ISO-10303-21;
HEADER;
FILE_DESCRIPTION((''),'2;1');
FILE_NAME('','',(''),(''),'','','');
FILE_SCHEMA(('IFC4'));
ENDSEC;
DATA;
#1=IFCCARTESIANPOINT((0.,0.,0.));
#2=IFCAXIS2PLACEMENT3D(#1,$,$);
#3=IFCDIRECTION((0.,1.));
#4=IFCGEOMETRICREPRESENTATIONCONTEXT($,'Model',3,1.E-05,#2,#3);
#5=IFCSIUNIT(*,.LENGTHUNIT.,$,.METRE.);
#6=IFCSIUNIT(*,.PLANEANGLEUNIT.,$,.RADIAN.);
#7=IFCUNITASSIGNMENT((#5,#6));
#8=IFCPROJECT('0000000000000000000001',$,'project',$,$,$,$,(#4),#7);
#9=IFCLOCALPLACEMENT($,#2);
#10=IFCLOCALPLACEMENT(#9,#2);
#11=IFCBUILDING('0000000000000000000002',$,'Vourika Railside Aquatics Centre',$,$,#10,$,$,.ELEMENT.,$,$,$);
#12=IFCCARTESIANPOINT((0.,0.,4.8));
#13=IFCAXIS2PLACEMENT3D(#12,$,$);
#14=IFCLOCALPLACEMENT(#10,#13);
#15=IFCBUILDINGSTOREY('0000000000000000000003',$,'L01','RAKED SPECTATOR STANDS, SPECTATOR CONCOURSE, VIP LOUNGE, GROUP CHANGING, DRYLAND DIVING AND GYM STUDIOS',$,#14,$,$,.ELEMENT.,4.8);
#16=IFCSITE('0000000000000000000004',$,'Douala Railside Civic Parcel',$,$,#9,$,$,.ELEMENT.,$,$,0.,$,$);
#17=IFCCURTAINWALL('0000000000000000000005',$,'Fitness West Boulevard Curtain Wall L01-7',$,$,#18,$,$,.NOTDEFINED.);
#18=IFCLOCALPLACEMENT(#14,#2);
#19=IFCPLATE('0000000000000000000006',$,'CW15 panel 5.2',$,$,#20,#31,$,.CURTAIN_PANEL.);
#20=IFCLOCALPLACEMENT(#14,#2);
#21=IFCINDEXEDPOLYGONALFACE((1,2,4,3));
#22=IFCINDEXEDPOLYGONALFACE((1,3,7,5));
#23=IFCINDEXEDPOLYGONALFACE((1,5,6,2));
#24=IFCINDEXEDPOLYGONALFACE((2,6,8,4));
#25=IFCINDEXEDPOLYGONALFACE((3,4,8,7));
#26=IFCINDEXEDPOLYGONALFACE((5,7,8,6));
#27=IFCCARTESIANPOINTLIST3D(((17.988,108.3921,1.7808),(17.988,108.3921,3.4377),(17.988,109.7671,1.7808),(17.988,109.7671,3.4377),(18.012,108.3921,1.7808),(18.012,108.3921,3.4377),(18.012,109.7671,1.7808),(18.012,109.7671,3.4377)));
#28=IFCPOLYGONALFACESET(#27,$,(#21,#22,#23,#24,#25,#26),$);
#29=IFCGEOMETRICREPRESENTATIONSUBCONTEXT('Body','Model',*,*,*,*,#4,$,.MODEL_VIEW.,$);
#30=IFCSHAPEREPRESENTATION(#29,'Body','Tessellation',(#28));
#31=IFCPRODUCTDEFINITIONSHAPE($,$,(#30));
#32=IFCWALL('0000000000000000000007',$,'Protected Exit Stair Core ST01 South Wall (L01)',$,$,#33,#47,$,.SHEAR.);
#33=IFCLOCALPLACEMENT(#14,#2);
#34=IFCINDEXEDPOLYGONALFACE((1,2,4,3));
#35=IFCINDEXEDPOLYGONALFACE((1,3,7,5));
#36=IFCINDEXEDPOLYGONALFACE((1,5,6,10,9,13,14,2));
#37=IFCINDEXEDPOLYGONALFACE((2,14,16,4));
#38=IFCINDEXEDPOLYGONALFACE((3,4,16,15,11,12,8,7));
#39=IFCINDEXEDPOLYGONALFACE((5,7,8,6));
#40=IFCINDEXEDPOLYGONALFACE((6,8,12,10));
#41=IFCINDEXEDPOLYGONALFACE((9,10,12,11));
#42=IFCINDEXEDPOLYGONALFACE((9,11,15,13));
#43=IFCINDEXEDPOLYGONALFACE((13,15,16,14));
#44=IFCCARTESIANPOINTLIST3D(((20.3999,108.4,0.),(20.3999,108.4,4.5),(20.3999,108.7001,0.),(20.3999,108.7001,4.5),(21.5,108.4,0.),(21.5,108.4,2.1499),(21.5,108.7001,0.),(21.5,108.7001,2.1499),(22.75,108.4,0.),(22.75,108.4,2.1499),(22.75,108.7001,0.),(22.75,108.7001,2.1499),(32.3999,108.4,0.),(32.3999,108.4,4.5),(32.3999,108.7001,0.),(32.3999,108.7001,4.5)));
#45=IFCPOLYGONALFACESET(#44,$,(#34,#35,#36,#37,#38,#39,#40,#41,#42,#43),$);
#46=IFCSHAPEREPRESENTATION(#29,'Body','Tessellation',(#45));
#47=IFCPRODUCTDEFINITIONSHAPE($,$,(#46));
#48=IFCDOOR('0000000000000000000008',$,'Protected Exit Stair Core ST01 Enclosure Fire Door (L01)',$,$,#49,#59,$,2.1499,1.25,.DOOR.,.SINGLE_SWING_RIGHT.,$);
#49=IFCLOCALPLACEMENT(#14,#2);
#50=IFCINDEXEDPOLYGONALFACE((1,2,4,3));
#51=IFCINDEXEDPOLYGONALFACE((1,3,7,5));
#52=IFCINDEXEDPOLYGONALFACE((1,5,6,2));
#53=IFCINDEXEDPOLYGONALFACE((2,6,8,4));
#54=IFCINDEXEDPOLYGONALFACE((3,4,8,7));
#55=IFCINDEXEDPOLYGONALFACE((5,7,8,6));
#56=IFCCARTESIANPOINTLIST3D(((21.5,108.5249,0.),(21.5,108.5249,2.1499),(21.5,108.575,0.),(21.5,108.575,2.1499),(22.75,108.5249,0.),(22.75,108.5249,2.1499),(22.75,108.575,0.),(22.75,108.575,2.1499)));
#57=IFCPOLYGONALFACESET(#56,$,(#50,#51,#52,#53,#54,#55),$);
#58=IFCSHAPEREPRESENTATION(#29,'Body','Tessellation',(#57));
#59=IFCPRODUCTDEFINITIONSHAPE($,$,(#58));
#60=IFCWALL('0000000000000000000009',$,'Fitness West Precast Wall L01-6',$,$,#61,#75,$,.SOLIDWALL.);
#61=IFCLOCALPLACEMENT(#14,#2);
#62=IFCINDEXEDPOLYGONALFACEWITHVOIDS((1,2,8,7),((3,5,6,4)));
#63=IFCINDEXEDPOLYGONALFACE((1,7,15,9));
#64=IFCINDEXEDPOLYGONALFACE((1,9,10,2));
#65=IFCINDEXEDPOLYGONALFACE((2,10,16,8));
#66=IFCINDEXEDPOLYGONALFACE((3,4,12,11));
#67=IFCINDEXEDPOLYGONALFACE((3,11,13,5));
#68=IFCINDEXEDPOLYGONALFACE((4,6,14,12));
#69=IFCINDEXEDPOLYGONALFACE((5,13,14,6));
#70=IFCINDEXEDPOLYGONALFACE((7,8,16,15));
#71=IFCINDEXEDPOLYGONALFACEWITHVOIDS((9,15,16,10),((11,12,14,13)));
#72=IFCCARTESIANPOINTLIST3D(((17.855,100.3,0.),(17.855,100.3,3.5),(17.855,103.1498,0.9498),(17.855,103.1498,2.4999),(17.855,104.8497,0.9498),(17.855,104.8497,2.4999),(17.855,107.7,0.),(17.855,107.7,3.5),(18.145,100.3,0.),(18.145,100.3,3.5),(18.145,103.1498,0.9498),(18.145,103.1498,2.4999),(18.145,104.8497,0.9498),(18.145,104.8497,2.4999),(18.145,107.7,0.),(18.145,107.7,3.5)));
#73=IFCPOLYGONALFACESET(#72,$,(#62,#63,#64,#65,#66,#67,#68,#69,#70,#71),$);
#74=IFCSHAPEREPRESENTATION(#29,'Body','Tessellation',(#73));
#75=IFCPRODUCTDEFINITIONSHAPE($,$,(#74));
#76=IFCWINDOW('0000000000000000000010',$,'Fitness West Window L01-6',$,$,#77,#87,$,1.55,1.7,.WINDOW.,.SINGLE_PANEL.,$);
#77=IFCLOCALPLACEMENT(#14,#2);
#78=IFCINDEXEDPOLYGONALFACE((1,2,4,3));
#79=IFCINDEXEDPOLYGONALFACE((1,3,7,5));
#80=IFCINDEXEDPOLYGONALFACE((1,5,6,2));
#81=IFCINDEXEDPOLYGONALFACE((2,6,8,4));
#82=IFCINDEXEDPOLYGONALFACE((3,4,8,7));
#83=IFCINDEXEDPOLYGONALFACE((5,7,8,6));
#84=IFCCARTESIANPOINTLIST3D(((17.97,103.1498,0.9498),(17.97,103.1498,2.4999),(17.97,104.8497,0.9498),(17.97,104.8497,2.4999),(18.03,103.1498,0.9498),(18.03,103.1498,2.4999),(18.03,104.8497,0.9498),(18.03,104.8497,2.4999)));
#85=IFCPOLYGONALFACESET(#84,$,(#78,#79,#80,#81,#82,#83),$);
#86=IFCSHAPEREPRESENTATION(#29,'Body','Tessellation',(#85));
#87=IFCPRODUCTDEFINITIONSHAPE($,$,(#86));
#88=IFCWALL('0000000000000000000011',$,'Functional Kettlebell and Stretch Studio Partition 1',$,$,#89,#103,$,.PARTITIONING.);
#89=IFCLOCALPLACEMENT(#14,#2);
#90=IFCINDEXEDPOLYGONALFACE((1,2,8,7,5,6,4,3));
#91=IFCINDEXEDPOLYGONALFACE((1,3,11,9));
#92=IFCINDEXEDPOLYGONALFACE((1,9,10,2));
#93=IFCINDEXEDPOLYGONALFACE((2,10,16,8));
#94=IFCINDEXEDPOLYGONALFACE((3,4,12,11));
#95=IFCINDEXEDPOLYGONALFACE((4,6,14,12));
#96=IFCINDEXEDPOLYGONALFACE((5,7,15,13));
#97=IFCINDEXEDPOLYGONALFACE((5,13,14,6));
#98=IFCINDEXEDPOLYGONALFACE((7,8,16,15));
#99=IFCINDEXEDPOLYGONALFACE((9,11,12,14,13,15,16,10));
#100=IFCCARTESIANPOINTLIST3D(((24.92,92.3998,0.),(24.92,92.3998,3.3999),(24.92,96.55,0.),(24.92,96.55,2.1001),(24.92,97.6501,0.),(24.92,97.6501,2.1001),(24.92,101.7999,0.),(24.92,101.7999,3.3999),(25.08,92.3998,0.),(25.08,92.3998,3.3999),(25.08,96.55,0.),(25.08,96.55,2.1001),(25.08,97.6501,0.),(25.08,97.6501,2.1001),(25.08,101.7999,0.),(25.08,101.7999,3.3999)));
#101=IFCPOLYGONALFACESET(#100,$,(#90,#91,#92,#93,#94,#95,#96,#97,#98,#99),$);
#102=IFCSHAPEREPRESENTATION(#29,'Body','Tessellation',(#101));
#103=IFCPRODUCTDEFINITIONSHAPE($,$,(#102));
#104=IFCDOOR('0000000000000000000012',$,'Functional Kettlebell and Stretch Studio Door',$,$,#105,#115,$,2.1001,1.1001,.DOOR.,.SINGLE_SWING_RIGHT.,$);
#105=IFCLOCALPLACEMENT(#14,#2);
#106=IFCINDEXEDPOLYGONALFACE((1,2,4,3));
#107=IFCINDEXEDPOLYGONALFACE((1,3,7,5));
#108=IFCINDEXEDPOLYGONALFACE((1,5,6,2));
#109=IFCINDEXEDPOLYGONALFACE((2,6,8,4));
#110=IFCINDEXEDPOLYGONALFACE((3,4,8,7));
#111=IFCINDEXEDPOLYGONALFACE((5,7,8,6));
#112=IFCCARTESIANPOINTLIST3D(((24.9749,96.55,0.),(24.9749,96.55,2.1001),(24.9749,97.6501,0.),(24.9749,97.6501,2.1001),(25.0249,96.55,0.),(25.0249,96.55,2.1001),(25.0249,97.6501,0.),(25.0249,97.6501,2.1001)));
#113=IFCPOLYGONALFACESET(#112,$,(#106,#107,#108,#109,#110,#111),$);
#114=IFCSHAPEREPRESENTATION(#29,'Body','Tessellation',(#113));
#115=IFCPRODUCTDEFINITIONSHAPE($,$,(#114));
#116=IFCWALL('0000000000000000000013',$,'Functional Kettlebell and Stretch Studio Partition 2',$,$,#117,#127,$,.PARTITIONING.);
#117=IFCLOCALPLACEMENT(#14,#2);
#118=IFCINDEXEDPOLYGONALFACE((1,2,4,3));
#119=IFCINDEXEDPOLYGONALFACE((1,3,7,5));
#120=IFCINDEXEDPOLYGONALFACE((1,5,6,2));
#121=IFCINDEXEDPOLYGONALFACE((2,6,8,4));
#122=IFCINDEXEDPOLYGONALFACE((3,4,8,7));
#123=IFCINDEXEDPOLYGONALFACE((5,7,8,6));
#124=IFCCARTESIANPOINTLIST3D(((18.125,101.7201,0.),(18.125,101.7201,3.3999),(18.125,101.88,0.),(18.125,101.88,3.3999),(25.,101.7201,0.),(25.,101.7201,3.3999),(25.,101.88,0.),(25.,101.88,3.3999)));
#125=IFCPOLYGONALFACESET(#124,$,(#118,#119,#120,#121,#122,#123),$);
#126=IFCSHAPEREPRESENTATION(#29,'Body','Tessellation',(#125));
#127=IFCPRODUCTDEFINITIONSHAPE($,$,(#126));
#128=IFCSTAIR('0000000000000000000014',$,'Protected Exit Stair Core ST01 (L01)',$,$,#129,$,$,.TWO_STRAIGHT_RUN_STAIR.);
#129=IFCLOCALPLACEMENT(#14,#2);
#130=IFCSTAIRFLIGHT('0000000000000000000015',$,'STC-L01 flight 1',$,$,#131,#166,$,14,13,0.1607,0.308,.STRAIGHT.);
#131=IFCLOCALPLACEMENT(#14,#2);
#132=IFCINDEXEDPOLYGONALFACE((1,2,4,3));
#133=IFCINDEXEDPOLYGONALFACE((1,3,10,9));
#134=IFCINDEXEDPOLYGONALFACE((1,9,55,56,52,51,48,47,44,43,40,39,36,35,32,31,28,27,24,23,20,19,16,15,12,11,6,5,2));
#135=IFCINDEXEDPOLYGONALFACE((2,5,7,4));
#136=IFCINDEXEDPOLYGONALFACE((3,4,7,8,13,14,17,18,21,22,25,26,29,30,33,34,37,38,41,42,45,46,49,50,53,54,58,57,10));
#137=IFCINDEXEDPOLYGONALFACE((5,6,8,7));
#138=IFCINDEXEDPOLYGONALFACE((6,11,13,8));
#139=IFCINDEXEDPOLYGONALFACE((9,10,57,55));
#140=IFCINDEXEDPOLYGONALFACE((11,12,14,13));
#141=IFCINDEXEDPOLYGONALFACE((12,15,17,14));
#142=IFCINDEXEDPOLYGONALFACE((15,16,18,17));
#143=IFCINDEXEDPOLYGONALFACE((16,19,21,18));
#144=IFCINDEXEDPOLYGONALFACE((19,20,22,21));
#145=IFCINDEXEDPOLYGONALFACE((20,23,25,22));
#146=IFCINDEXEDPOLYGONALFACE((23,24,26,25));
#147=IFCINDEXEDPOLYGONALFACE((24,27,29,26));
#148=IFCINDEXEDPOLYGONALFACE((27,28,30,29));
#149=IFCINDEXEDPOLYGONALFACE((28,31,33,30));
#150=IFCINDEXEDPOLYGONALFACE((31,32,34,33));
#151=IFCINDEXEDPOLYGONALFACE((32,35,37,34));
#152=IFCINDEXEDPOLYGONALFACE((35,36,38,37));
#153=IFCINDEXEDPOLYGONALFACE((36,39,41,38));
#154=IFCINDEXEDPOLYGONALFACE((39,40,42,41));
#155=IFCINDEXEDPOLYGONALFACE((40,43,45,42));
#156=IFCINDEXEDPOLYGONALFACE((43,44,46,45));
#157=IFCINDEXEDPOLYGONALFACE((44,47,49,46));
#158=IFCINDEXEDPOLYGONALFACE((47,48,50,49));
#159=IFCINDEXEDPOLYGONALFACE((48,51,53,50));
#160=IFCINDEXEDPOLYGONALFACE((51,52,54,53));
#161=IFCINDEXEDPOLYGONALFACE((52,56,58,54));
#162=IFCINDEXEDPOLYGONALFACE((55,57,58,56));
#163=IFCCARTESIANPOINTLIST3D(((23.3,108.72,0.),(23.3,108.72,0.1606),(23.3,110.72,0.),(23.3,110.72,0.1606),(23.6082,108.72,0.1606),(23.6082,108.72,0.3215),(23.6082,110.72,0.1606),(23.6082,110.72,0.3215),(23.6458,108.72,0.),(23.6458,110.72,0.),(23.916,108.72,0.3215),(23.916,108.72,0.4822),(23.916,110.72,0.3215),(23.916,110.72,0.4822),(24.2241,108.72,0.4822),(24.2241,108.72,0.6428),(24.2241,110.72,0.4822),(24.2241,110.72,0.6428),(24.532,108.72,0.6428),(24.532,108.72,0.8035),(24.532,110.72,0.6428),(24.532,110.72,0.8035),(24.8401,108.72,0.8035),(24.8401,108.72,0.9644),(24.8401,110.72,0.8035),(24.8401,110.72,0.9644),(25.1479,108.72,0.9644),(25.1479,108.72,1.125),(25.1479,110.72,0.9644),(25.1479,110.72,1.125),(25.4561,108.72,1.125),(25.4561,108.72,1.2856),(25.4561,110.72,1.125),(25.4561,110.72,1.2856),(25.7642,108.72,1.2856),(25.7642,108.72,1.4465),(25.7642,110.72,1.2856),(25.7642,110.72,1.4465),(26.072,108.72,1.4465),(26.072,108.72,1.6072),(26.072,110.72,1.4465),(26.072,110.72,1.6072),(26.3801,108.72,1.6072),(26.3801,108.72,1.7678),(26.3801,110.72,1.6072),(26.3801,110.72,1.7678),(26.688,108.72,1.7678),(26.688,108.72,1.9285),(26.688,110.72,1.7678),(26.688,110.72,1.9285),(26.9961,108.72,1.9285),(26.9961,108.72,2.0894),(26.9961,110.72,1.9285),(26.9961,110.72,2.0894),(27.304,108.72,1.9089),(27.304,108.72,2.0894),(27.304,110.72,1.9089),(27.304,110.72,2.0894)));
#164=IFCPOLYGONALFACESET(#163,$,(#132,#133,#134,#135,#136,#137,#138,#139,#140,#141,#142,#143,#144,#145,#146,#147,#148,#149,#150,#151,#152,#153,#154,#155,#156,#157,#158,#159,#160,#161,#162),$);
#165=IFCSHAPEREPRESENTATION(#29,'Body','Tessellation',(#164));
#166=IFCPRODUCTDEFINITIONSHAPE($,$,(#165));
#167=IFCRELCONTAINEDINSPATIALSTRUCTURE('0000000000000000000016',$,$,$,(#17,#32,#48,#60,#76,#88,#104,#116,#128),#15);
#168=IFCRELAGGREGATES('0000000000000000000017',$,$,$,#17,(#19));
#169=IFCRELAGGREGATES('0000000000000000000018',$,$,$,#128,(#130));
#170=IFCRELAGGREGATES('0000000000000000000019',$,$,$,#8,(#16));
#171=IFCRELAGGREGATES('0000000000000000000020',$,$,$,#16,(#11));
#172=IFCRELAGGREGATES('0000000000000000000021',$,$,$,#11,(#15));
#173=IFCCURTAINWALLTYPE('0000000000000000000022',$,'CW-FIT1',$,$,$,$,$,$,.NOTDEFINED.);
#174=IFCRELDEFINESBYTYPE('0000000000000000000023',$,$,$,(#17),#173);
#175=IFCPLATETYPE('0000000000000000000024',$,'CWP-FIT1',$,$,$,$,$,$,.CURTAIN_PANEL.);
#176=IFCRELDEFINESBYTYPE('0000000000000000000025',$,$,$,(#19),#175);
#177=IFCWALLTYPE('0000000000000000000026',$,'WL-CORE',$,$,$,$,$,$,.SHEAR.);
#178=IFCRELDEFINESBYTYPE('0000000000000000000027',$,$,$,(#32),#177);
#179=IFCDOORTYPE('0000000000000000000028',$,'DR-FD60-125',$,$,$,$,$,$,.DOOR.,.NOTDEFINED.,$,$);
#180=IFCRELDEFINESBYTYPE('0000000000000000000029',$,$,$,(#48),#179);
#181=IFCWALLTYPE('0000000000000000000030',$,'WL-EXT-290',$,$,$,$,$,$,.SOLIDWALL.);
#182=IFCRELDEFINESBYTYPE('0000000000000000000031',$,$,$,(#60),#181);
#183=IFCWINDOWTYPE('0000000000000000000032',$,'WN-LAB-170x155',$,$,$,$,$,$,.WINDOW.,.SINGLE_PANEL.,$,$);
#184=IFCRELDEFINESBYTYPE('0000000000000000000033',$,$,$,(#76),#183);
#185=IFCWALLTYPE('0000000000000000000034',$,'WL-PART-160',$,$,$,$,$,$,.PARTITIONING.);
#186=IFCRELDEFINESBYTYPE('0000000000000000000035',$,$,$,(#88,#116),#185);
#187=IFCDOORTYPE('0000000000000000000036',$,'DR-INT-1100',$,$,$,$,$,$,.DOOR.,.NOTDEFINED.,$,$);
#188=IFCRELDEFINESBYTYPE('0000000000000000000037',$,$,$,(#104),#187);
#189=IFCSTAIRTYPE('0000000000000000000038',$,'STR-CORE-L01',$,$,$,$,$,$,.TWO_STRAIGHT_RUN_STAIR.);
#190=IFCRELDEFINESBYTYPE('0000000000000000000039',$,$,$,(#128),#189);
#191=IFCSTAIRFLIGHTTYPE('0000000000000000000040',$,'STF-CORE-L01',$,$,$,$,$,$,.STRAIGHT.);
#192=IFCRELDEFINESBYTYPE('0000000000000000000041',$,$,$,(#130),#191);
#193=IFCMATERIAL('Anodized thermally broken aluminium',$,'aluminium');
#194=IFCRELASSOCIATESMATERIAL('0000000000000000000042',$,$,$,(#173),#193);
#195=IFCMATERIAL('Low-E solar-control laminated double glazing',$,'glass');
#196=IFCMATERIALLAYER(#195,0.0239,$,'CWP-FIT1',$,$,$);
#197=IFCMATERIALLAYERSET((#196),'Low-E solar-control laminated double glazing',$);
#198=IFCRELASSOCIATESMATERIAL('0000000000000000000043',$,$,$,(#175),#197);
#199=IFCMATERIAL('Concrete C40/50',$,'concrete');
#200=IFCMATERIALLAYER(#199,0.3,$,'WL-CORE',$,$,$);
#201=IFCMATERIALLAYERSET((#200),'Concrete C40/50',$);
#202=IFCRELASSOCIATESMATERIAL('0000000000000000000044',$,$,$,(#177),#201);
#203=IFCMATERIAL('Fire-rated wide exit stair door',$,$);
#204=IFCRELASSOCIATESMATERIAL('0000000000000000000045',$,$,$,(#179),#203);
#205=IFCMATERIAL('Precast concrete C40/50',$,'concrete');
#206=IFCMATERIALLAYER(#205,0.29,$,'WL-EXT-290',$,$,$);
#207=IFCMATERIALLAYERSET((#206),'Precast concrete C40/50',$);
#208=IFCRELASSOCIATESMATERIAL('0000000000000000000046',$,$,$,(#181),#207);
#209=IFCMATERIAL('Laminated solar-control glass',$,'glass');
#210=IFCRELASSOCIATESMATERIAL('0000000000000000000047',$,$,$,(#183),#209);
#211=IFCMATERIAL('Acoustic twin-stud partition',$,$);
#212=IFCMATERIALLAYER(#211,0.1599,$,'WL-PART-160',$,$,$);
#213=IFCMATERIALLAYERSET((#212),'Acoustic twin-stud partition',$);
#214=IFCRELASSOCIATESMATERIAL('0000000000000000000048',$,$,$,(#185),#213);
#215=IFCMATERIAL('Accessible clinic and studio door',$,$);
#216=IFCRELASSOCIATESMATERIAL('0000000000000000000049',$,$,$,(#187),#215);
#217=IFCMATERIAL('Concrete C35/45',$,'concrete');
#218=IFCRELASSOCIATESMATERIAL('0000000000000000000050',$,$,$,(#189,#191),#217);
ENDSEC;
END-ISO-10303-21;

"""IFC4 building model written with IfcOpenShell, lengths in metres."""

from ifc_helpers import new_model, si_unit, direction, frame, frame_2d, origin, origin_2d, place, context, subcontext, project, spatial, polyline, rectangle, outline, extrude, material, layer, layer_set, type_object, element, fill, aggregate, save


model = new_model("IFC4")

# Units and contexts
model_context = context("Model", 3, precision=1e-05, world=origin(), true_north=direction((0.0, 1.0)))
body_context = subcontext(model_context, "Body", "Model", "MODEL_VIEW")
ifc_project = project(units=[si_unit("LENGTHUNIT", "METRE"), si_unit("PLANEANGLEUNIT", "RADIAN")], contexts=[model_context])

# Site, building, storey
site_placement = place(None, origin())
site = spatial("IfcSite", under=ifc_project, at=site_placement, Name="Douala Railside Civic Parcel", CompositionType="ELEMENT", RefElevation=0.0)
building_placement = place(site_placement, origin())
building = spatial("IfcBuilding", under=site, at=building_placement, Name="Vourika Railside Aquatics Centre", CompositionType="ELEMENT")
storey_placement = place(building_placement, frame((0.0, 0.0, 4.8)))
storey = spatial("IfcBuildingStorey", under=building, at=storey_placement, Name="L01", Description="RAKED SPECTATOR STANDS, SPECTATOR CONCOURSE, VIP LOUNGE, GROUP CHANGING, DRYLAND DIVING AND GYM STUDIOS", CompositionType="ELEMENT", Elevation=4.8)

# Shared definitions
ifc_material_1 = material(Name="Concrete C40/50", Category="concrete")

# Shared definitions
ifc_material_2 = material(Name="Concrete C35/45", Category="concrete")

# Curtain wall, plate
ifc_material_3 = material(Name="Anodized thermally broken aluminium", Category="aluminium")
curtain_wall_type = type_object("IfcCurtainWallType", Name="CW-FIT1", PredefinedType="NOTDEFINED", material=ifc_material_3)
curtain_wall_placement = place(storey_placement, origin())
curtain_wall = element("IfcCurtainWall", 1, at=curtain_wall_placement, inside=storey, type_object=curtain_wall_type, Name="Fitness West Boulevard Curtain Wall L01-7", PredefinedType="NOTDEFINED")
ifc_material_4 = material(Name="Low-E solar-control laminated double glazing", Category="glass")
ifc_layer_1 = layer(ifc_material_4, 0.0239, Name="CWP-FIT1")
ifc_layer_set_1 = layer_set([ifc_layer_1], Name="Low-E solar-control laminated double glazing")
plate_type = type_object("IfcPlateType", Name="CWP-FIT1", PredefinedType="CURTAIN_PANEL", material=ifc_layer_set_1)
plate_1_placement = place(storey_placement, frame((18.0, 109.0796, 1.7808), z_axis=(0.0, 0.0, 1.0), x_axis=(0.0, -1.0, 0.0)))
plate_1 = element("IfcPlate", 2, at=plate_1_placement, type_object=plate_type, Name="CW15 panel 5.2", PredefinedType="CURTAIN_PANEL", context=body_context, shape_type="SweptSolid", body=[
    extrude(rectangle(XDim=1.375, YDim=0.0239, at=origin_2d()), origin(), (0.0, 0.0, 1.0), 1.657),
])
aggregate(curtain_wall, [plate_1])

# Wall, opening, door
ifc_layer_2 = layer(ifc_material_1, 0.3, Name="WL-CORE")
ifc_layer_set_2 = layer_set([ifc_layer_2], Name="Concrete C40/50")
wall_type_1 = type_object("IfcWallType", Name="WL-CORE", PredefinedType="SHEAR", material=ifc_layer_set_2)
wall_1_placement = place(storey_placement, frame((20.3999, 108.55, 0.0), z_axis=(0.0, 0.0, 1.0), x_axis=(1.0, 0.0, 0.0)))
wall_1 = element("IfcWall", 3, at=wall_1_placement, inside=storey, type_object=wall_type_1, Name="Protected Exit Stair Core ST01 South Wall (L01)", PredefinedType="SHEAR", context=body_context, shape_type="SweptSolid", body=[
    extrude(rectangle(XDim=12.0, YDim=0.3, at=frame_2d((6.0, 0.0))), origin(), (0.0, 0.0, 1.0), 4.5),
])
opening_1_placement = place(wall_1_placement, frame((1.1001, 0.0, 0.0)))
opening_1 = element("IfcOpeningElement", 4, at=opening_1_placement, cuts=wall_1, PredefinedType="OPENING", context=body_context, shape_type="SweptSolid", body=[
    extrude(rectangle(XDim=1.25, YDim=2.1499, at=frame_2d((0.625, 1.075))), frame((0.0, 0.1602, 0.0), z_axis=(0.0, -1.0, 0.0), x_axis=(1.0, 0.0, 0.0)), (0.0, 0.0, 1.0), 0.3201),
])
ifc_material_5 = material(Name="Fire-rated wide exit stair door")
door_type_1 = type_object("IfcDoorType", Name="DR-FD60-125", OperationType="NOTDEFINED", PredefinedType="DOOR", material=ifc_material_5)
door_1_placement = place(opening_1_placement, origin())
door_1 = element("IfcDoor", 5, at=door_1_placement, inside=storey, type_object=door_type_1, Name="Protected Exit Stair Core ST01 Enclosure Fire Door (L01)", OperationType="SINGLE_SWING_RIGHT", OverallHeight=2.1499, OverallWidth=1.25, PredefinedType="DOOR", context=body_context, shape_type="SweptSolid", body=[
    extrude(rectangle(XDim=1.25, YDim=2.1499, at=frame_2d((0.625, 1.075))), frame((0.0, 0.0249, 0.0), z_axis=(0.0, -1.0, 0.0), x_axis=(1.0, 0.0, 0.0)), (0.0, 0.0, 1.0), 0.05),
])
fill(opening_1, door_1)

# Wall, opening, window
ifc_material_6 = material(Name="Precast concrete C40/50", Category="concrete")
ifc_layer_3 = layer(ifc_material_6, 0.29, Name="WL-EXT-290")
ifc_layer_set_3 = layer_set([ifc_layer_3], Name="Precast concrete C40/50")
wall_type_2 = type_object("IfcWallType", Name="WL-EXT-290", PredefinedType="SOLIDWALL", material=ifc_layer_set_3)
wall_2_placement = place(storey_placement, frame((18.0, 107.7, 0.0), z_axis=(0.0, 0.0, 1.0), x_axis=(0.0, -1.0, 0.0)))
wall_2 = element("IfcWall", 6, at=wall_2_placement, inside=storey, type_object=wall_type_2, Name="Fitness West Precast Wall L01-6", PredefinedType="SOLIDWALL", context=body_context, shape_type="SweptSolid", body=[
    extrude(rectangle(XDim=7.3999, YDim=0.29, at=frame_2d((3.7, 0.0))), origin(), (0.0, 0.0, 1.0), 3.5),
])
opening_2_placement = place(wall_2_placement, frame((2.8501, 0.0, 0.95)))
opening_2 = element("IfcOpeningElement", 7, at=opening_2_placement, cuts=wall_2, PredefinedType="OPENING", context=body_context, shape_type="SweptSolid", body=[
    extrude(rectangle(XDim=1.7, YDim=1.55, at=frame_2d((0.8501, 0.7749))), frame((0.0, 0.155, 0.0), z_axis=(0.0, -1.0, 0.0), x_axis=(1.0, 0.0, 0.0)), (0.0, 0.0, 1.0), 0.3101),
])
ifc_material_7 = material(Name="Laminated solar-control glass", Category="glass")
window_type = type_object("IfcWindowType", Name="WN-LAB-170x155", PartitioningType="SINGLE_PANEL", PredefinedType="WINDOW", material=ifc_material_7)
window_placement = place(opening_2_placement, origin())
window = element("IfcWindow", 8, at=window_placement, inside=storey, type_object=window_type, Name="Fitness West Window L01-6", OverallHeight=1.55, OverallWidth=1.7, PartitioningType="SINGLE_PANEL", PredefinedType="WINDOW", context=body_context, shape_type="SweptSolid", body=[
    extrude(rectangle(XDim=1.7, YDim=1.55, at=frame_2d((0.8501, 0.7749))), frame((0.0, 0.03, 0.0), z_axis=(0.0, -1.0, 0.0), x_axis=(1.0, 0.0, 0.0)), (0.0, 0.0, 1.0), 0.0601),
])
fill(opening_2, window)

# Wall, opening, door
ifc_material_8 = material(Name="Acoustic twin-stud partition")
ifc_layer_4 = layer(ifc_material_8, 0.1599, Name="WL-PART-160")
ifc_layer_set_4 = layer_set([ifc_layer_4], Name="Acoustic twin-stud partition")
wall_type_3 = type_object("IfcWallType", Name="WL-PART-160", PredefinedType="PARTITIONING", material=ifc_layer_set_4)
wall_3_placement = place(storey_placement, frame((25.0, 101.8, 0.0), z_axis=(0.0, 0.0, 1.0), x_axis=(0.0, -1.0, 0.0)))
wall_3 = element("IfcWall", 9, at=wall_3_placement, inside=storey, type_object=wall_type_3, Name="Functional Kettlebell and Stretch Studio Partition 1", PredefinedType="PARTITIONING", context=body_context, shape_type="SweptSolid", body=[
    extrude(rectangle(XDim=9.4001, YDim=0.1599, at=frame_2d((4.7002, 0.0))), origin(), (0.0, 0.0, 1.0), 3.3999),
])
opening_3_placement = place(wall_3_placement, frame((4.1499, 0.0, 0.0)))
opening_3 = element("IfcOpeningElement", 10, at=opening_3_placement, cuts=wall_3, PredefinedType="OPENING", context=body_context, shape_type="SweptSolid", body=[
    extrude(rectangle(XDim=1.1001, YDim=2.1001, at=frame_2d((0.55, 1.05))), frame((0.0, 0.0898, 0.0), z_axis=(0.0, -1.0, 0.0), x_axis=(1.0, 0.0, 0.0)), (0.0, 0.0, 1.0), 0.1799),
])
ifc_material_9 = material(Name="Accessible clinic and studio door")
door_type_2 = type_object("IfcDoorType", Name="DR-INT-1100", OperationType="NOTDEFINED", PredefinedType="DOOR", material=ifc_material_9)
door_2_placement = place(opening_3_placement, origin())
door_2 = element("IfcDoor", 11, at=door_2_placement, inside=storey, type_object=door_type_2, Name="Functional Kettlebell and Stretch Studio Door", OperationType="SINGLE_SWING_RIGHT", OverallHeight=2.1001, OverallWidth=1.1001, PredefinedType="DOOR", context=body_context, shape_type="SweptSolid", body=[
    extrude(rectangle(XDim=1.1001, YDim=2.1001, at=frame_2d((0.55, 1.05))), frame((0.0, 0.0249, 0.0), z_axis=(0.0, -1.0, 0.0), x_axis=(1.0, 0.0, 0.0)), (0.0, 0.0, 1.0), 0.05),
])
fill(opening_3, door_2)

# Wall
wall_4_placement = place(storey_placement, frame((18.125, 101.8, 0.0), z_axis=(0.0, 0.0, 1.0), x_axis=(1.0, 0.0, 0.0)))
element("IfcWall", 12, at=wall_4_placement, inside=storey, type_object=wall_type_3, Name="Functional Kettlebell and Stretch Studio Partition 2", PredefinedType="PARTITIONING", context=body_context, shape_type="SweptSolid", body=[
    extrude(rectangle(XDim=6.875, YDim=0.1599, at=frame_2d((3.4375, 0.0))), origin(), (0.0, 0.0, 1.0), 3.3999),
])

# Stair, stair flight
stair_type = type_object("IfcStairType", Name="STR-CORE-L01", PredefinedType="TWO_STRAIGHT_RUN_STAIR", material=ifc_material_2)
stair_placement = place(storey_placement, origin())
stair = element("IfcStair", 13, at=stair_placement, inside=storey, type_object=stair_type, Name="Protected Exit Stair Core ST01 (L01)", PredefinedType="TWO_STRAIGHT_RUN_STAIR")
stair_flight_type = type_object("IfcStairFlightType", Name="STF-CORE-L01", PredefinedType="STRAIGHT", material=ifc_material_2)
stair_flight_placement = place(storey_placement, frame((23.3, 109.72, 0.0), z_axis=(0.0, 0.0, 1.0), x_axis=(1.0, 0.0, 0.0)))
stair_flight = element("IfcStairFlight", 14, at=stair_flight_placement, type_object=stair_flight_type, Name="STC-L01 flight 1", NumberOfRisers=14, NumberOfTreads=13, PredefinedType="STRAIGHT", RiserHeight=0.1607, TreadLength=0.308, context=body_context, shape_type="SweptSolid", body=[
    extrude(outline(polyline([(0.0, 0.0), (0.0, 0.1606), (0.3081, 0.1606), (0.3081, 0.3215), (0.616, 0.3215), (0.616, 0.4822), (0.9241, 0.4822), (0.9241, 0.6428), (1.2319, 0.6428), (1.2319, 0.8035), (1.54, 0.8035), (1.54, 0.9644), (1.8479, 0.9644), (1.8479, 1.125), (2.156, 1.125), (2.156, 1.2856), (2.4641, 1.2856), (2.4641, 1.4465), (2.772, 1.4465), (2.772, 1.6072), (3.0801, 1.6072), (3.0801, 1.7678), (3.3879, 1.7678), (3.3879, 1.9285), (3.696, 1.9285), (3.696, 2.0894), (4.0039, 2.0894), (4.0039, 2.25), (4.0039, 1.9089), (0.3457, 0.0), (0.0, 0.0)])), frame((0.0, 1.0, 0.0), z_axis=(0.0, -1.0, 0.0), x_axis=(1.0, 0.0, 0.0)), (0.0, 0.0, 1.0), 2.0),
])
aggregate(stair, [stair_flight])

save(model, "model.ifc")
